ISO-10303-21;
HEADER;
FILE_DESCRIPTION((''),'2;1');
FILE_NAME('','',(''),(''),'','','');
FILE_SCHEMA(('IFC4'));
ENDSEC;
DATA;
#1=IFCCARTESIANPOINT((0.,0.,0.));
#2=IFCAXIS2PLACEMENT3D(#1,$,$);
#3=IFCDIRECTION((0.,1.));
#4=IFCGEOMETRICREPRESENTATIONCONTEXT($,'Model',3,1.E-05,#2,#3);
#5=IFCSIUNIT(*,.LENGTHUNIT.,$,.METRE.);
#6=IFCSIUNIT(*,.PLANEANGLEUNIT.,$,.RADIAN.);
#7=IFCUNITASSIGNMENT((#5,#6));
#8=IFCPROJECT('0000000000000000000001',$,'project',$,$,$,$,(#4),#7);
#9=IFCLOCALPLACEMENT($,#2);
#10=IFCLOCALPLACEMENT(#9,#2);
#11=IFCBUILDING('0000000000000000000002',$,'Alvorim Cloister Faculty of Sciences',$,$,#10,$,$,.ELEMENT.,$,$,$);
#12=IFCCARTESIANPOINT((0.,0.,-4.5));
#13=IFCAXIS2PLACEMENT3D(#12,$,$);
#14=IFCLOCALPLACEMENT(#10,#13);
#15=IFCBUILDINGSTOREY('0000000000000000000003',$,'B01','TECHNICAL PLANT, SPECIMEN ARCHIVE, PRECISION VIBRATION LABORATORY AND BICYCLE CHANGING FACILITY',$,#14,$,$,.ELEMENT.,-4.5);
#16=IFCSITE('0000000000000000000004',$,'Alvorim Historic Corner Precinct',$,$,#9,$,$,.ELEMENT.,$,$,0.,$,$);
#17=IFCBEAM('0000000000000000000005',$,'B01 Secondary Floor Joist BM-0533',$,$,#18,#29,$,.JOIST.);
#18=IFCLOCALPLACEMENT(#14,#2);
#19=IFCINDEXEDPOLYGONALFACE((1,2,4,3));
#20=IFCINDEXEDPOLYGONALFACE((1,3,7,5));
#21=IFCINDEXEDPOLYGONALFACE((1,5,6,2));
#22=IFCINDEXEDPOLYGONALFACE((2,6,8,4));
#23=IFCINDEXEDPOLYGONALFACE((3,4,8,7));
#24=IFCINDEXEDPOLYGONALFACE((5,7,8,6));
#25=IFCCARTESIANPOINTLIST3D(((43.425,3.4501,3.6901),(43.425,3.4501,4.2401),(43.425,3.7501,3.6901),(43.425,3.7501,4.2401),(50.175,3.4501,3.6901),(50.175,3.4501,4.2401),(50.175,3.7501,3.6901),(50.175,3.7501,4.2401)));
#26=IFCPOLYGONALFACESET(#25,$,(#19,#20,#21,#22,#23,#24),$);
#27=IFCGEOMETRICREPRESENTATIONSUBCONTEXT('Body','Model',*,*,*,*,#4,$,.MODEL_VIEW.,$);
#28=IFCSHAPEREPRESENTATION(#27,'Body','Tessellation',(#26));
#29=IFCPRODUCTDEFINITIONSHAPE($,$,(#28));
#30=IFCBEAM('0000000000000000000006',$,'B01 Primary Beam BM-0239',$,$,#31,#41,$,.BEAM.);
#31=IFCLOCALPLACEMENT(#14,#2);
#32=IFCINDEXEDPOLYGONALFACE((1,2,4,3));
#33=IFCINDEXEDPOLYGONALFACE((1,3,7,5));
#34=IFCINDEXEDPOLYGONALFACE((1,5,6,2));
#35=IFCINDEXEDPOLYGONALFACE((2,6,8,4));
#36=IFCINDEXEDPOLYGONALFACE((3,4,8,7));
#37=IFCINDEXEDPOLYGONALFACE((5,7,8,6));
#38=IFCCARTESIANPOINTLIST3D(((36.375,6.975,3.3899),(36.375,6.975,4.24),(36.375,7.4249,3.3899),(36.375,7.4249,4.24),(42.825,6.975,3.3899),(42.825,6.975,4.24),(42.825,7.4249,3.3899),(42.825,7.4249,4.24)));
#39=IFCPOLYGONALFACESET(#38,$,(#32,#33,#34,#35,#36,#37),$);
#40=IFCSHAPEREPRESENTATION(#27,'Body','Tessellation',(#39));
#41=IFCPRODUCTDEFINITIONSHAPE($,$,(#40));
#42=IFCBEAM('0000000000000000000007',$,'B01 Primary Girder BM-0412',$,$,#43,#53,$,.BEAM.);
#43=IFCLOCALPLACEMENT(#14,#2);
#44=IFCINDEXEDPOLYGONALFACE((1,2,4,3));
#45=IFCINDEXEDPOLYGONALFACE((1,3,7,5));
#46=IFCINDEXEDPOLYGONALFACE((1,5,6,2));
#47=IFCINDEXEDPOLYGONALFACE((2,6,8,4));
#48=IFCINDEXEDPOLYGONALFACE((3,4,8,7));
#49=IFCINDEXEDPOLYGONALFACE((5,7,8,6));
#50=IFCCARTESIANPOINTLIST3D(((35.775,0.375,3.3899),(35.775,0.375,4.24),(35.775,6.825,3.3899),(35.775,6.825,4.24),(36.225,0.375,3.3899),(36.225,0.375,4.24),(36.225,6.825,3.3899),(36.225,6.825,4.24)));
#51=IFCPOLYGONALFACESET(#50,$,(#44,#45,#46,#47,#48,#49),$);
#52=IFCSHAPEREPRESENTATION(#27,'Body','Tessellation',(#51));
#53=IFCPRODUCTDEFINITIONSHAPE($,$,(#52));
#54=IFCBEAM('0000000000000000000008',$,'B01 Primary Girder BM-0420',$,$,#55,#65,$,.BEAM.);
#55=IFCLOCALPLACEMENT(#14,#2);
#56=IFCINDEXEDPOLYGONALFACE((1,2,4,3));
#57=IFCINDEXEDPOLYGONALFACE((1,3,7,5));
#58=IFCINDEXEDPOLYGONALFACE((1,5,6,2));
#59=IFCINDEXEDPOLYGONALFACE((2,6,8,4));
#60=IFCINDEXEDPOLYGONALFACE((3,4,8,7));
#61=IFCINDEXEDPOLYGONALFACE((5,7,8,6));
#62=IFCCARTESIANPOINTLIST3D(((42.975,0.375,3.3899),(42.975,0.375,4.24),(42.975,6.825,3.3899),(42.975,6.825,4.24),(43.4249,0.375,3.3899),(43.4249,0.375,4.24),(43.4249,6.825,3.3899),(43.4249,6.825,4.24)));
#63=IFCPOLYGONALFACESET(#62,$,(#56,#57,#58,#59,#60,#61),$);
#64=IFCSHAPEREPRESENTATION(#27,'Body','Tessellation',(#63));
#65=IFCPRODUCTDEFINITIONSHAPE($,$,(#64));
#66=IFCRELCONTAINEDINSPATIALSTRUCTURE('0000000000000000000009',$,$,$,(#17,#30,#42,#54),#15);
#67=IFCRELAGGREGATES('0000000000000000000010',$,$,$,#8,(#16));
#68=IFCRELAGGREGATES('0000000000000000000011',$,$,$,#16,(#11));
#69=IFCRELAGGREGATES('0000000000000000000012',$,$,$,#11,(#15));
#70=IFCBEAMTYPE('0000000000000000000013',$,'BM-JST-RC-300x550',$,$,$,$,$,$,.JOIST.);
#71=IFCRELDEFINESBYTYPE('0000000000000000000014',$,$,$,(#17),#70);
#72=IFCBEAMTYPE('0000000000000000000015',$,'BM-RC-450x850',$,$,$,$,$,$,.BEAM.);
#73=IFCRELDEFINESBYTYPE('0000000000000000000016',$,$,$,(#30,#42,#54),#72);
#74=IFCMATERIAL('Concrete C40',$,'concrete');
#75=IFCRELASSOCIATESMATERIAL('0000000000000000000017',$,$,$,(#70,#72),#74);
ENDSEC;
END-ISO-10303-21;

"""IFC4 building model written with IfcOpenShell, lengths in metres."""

from ifc_helpers import new_model, si_unit, direction, frame, origin, origin_2d, place, context, subcontext, project, spatial, rectangle, extrude, material, material_profile, profile_set, type_object, element, save


model = new_model("IFC4")

# Units and contexts
model_context = context("Model", 3, precision=1e-05, world=origin(), true_north=direction((0.0, 1.0)))
body_context = subcontext(model_context, "Body", "Model", "MODEL_VIEW")
ifc_project = project(units=[si_unit("LENGTHUNIT", "METRE"), si_unit("PLANEANGLEUNIT", "RADIAN")], contexts=[model_context])

# Site, building, storey
site_placement = place(None, origin())
site = spatial("IfcSite", under=ifc_project, at=site_placement, Name="Alvorim Historic Corner Precinct", CompositionType="ELEMENT", RefElevation=0.0)
building_placement = place(site_placement, origin())
building = spatial("IfcBuilding", under=site, at=building_placement, Name="Alvorim Cloister Faculty of Sciences", CompositionType="ELEMENT")
storey_placement = place(building_placement, frame((0.0, 0.0, -4.5)))
storey = spatial("IfcBuildingStorey", under=building, at=storey_placement, Name="B01", Description="TECHNICAL PLANT, SPECIMEN ARCHIVE, PRECISION VIBRATION LABORATORY AND BICYCLE CHANGING FACILITY", CompositionType="ELEMENT", Elevation=-4.5)

# Shared definitions
ifc_material_1 = material(Name="Concrete C40", Category="concrete")

# Beams
ifc_material_profile_1 = material_profile(ifc_material_1, rectangle(XDim=0.3, YDim=0.55, at=origin_2d()), Name="RC40-JST-300x550")
ifc_profile_set_1 = profile_set([ifc_material_profile_1], Name="Concrete C40")
beam_type_1 = type_object("IfcBeamType", Name="BM-JST-RC-300x550", PredefinedType="JOIST", material=ifc_profile_set_1)
beam_1_placement = place(storey_placement, frame((43.425, 3.6001, 3.9651), z_axis=(1.0, 0.0, 0.0), x_axis=(0.0, 1.0, 0.0)))
element("IfcBeam", 1, at=beam_1_placement, inside=storey, type_object=beam_type_1, Name="B01 Secondary Floor Joist BM-0533", PredefinedType="JOIST", context=body_context, shape_type="SweptSolid", body=[
    extrude(rectangle(XDim=0.3, YDim=0.55, at=origin_2d()), origin(), (0.0, 0.0, 1.0), 6.75),
])
ifc_material_profile_2 = material_profile(ifc_material_1, rectangle(XDim=0.45, YDim=0.8501, at=origin_2d()), Name="RC40-BM-450x850")
ifc_profile_set_2 = profile_set([ifc_material_profile_2], Name="Concrete C40")
beam_type_2 = type_object("IfcBeamType", Name="BM-RC-450x850", PredefinedType="BEAM", material=ifc_profile_set_2)
for number, where, z_axis, x_axis, name in (
    (2, (36.375, 7.2, 3.8149), (1.0, 0.0, 0.0), (0.0, 1.0, 0.0), "B01 Primary Beam BM-0239"),
    (3, (36.0, 0.375, 3.8149), (0.0, 1.0, 0.0), (-1.0, 0.0, 0.0), "B01 Primary Girder BM-0412"),
    (4, (43.2, 0.375, 3.8149), (0.0, 1.0, 0.0), (-1.0, 0.0, 0.0), "B01 Primary Girder BM-0420"),
):
    element("IfcBeam", number, at=place(storey_placement, frame(where, z_axis=z_axis, x_axis=x_axis)), inside=storey, type_object=beam_type_2, Name=name, PredefinedType="BEAM", context=body_context, shape_type="SweptSolid", body=[
        extrude(rectangle(XDim=0.45, YDim=0.8501, at=origin_2d()), origin(), (0.0, 0.0, 1.0), 6.45),
    ])

save(model, "model.ifc")
